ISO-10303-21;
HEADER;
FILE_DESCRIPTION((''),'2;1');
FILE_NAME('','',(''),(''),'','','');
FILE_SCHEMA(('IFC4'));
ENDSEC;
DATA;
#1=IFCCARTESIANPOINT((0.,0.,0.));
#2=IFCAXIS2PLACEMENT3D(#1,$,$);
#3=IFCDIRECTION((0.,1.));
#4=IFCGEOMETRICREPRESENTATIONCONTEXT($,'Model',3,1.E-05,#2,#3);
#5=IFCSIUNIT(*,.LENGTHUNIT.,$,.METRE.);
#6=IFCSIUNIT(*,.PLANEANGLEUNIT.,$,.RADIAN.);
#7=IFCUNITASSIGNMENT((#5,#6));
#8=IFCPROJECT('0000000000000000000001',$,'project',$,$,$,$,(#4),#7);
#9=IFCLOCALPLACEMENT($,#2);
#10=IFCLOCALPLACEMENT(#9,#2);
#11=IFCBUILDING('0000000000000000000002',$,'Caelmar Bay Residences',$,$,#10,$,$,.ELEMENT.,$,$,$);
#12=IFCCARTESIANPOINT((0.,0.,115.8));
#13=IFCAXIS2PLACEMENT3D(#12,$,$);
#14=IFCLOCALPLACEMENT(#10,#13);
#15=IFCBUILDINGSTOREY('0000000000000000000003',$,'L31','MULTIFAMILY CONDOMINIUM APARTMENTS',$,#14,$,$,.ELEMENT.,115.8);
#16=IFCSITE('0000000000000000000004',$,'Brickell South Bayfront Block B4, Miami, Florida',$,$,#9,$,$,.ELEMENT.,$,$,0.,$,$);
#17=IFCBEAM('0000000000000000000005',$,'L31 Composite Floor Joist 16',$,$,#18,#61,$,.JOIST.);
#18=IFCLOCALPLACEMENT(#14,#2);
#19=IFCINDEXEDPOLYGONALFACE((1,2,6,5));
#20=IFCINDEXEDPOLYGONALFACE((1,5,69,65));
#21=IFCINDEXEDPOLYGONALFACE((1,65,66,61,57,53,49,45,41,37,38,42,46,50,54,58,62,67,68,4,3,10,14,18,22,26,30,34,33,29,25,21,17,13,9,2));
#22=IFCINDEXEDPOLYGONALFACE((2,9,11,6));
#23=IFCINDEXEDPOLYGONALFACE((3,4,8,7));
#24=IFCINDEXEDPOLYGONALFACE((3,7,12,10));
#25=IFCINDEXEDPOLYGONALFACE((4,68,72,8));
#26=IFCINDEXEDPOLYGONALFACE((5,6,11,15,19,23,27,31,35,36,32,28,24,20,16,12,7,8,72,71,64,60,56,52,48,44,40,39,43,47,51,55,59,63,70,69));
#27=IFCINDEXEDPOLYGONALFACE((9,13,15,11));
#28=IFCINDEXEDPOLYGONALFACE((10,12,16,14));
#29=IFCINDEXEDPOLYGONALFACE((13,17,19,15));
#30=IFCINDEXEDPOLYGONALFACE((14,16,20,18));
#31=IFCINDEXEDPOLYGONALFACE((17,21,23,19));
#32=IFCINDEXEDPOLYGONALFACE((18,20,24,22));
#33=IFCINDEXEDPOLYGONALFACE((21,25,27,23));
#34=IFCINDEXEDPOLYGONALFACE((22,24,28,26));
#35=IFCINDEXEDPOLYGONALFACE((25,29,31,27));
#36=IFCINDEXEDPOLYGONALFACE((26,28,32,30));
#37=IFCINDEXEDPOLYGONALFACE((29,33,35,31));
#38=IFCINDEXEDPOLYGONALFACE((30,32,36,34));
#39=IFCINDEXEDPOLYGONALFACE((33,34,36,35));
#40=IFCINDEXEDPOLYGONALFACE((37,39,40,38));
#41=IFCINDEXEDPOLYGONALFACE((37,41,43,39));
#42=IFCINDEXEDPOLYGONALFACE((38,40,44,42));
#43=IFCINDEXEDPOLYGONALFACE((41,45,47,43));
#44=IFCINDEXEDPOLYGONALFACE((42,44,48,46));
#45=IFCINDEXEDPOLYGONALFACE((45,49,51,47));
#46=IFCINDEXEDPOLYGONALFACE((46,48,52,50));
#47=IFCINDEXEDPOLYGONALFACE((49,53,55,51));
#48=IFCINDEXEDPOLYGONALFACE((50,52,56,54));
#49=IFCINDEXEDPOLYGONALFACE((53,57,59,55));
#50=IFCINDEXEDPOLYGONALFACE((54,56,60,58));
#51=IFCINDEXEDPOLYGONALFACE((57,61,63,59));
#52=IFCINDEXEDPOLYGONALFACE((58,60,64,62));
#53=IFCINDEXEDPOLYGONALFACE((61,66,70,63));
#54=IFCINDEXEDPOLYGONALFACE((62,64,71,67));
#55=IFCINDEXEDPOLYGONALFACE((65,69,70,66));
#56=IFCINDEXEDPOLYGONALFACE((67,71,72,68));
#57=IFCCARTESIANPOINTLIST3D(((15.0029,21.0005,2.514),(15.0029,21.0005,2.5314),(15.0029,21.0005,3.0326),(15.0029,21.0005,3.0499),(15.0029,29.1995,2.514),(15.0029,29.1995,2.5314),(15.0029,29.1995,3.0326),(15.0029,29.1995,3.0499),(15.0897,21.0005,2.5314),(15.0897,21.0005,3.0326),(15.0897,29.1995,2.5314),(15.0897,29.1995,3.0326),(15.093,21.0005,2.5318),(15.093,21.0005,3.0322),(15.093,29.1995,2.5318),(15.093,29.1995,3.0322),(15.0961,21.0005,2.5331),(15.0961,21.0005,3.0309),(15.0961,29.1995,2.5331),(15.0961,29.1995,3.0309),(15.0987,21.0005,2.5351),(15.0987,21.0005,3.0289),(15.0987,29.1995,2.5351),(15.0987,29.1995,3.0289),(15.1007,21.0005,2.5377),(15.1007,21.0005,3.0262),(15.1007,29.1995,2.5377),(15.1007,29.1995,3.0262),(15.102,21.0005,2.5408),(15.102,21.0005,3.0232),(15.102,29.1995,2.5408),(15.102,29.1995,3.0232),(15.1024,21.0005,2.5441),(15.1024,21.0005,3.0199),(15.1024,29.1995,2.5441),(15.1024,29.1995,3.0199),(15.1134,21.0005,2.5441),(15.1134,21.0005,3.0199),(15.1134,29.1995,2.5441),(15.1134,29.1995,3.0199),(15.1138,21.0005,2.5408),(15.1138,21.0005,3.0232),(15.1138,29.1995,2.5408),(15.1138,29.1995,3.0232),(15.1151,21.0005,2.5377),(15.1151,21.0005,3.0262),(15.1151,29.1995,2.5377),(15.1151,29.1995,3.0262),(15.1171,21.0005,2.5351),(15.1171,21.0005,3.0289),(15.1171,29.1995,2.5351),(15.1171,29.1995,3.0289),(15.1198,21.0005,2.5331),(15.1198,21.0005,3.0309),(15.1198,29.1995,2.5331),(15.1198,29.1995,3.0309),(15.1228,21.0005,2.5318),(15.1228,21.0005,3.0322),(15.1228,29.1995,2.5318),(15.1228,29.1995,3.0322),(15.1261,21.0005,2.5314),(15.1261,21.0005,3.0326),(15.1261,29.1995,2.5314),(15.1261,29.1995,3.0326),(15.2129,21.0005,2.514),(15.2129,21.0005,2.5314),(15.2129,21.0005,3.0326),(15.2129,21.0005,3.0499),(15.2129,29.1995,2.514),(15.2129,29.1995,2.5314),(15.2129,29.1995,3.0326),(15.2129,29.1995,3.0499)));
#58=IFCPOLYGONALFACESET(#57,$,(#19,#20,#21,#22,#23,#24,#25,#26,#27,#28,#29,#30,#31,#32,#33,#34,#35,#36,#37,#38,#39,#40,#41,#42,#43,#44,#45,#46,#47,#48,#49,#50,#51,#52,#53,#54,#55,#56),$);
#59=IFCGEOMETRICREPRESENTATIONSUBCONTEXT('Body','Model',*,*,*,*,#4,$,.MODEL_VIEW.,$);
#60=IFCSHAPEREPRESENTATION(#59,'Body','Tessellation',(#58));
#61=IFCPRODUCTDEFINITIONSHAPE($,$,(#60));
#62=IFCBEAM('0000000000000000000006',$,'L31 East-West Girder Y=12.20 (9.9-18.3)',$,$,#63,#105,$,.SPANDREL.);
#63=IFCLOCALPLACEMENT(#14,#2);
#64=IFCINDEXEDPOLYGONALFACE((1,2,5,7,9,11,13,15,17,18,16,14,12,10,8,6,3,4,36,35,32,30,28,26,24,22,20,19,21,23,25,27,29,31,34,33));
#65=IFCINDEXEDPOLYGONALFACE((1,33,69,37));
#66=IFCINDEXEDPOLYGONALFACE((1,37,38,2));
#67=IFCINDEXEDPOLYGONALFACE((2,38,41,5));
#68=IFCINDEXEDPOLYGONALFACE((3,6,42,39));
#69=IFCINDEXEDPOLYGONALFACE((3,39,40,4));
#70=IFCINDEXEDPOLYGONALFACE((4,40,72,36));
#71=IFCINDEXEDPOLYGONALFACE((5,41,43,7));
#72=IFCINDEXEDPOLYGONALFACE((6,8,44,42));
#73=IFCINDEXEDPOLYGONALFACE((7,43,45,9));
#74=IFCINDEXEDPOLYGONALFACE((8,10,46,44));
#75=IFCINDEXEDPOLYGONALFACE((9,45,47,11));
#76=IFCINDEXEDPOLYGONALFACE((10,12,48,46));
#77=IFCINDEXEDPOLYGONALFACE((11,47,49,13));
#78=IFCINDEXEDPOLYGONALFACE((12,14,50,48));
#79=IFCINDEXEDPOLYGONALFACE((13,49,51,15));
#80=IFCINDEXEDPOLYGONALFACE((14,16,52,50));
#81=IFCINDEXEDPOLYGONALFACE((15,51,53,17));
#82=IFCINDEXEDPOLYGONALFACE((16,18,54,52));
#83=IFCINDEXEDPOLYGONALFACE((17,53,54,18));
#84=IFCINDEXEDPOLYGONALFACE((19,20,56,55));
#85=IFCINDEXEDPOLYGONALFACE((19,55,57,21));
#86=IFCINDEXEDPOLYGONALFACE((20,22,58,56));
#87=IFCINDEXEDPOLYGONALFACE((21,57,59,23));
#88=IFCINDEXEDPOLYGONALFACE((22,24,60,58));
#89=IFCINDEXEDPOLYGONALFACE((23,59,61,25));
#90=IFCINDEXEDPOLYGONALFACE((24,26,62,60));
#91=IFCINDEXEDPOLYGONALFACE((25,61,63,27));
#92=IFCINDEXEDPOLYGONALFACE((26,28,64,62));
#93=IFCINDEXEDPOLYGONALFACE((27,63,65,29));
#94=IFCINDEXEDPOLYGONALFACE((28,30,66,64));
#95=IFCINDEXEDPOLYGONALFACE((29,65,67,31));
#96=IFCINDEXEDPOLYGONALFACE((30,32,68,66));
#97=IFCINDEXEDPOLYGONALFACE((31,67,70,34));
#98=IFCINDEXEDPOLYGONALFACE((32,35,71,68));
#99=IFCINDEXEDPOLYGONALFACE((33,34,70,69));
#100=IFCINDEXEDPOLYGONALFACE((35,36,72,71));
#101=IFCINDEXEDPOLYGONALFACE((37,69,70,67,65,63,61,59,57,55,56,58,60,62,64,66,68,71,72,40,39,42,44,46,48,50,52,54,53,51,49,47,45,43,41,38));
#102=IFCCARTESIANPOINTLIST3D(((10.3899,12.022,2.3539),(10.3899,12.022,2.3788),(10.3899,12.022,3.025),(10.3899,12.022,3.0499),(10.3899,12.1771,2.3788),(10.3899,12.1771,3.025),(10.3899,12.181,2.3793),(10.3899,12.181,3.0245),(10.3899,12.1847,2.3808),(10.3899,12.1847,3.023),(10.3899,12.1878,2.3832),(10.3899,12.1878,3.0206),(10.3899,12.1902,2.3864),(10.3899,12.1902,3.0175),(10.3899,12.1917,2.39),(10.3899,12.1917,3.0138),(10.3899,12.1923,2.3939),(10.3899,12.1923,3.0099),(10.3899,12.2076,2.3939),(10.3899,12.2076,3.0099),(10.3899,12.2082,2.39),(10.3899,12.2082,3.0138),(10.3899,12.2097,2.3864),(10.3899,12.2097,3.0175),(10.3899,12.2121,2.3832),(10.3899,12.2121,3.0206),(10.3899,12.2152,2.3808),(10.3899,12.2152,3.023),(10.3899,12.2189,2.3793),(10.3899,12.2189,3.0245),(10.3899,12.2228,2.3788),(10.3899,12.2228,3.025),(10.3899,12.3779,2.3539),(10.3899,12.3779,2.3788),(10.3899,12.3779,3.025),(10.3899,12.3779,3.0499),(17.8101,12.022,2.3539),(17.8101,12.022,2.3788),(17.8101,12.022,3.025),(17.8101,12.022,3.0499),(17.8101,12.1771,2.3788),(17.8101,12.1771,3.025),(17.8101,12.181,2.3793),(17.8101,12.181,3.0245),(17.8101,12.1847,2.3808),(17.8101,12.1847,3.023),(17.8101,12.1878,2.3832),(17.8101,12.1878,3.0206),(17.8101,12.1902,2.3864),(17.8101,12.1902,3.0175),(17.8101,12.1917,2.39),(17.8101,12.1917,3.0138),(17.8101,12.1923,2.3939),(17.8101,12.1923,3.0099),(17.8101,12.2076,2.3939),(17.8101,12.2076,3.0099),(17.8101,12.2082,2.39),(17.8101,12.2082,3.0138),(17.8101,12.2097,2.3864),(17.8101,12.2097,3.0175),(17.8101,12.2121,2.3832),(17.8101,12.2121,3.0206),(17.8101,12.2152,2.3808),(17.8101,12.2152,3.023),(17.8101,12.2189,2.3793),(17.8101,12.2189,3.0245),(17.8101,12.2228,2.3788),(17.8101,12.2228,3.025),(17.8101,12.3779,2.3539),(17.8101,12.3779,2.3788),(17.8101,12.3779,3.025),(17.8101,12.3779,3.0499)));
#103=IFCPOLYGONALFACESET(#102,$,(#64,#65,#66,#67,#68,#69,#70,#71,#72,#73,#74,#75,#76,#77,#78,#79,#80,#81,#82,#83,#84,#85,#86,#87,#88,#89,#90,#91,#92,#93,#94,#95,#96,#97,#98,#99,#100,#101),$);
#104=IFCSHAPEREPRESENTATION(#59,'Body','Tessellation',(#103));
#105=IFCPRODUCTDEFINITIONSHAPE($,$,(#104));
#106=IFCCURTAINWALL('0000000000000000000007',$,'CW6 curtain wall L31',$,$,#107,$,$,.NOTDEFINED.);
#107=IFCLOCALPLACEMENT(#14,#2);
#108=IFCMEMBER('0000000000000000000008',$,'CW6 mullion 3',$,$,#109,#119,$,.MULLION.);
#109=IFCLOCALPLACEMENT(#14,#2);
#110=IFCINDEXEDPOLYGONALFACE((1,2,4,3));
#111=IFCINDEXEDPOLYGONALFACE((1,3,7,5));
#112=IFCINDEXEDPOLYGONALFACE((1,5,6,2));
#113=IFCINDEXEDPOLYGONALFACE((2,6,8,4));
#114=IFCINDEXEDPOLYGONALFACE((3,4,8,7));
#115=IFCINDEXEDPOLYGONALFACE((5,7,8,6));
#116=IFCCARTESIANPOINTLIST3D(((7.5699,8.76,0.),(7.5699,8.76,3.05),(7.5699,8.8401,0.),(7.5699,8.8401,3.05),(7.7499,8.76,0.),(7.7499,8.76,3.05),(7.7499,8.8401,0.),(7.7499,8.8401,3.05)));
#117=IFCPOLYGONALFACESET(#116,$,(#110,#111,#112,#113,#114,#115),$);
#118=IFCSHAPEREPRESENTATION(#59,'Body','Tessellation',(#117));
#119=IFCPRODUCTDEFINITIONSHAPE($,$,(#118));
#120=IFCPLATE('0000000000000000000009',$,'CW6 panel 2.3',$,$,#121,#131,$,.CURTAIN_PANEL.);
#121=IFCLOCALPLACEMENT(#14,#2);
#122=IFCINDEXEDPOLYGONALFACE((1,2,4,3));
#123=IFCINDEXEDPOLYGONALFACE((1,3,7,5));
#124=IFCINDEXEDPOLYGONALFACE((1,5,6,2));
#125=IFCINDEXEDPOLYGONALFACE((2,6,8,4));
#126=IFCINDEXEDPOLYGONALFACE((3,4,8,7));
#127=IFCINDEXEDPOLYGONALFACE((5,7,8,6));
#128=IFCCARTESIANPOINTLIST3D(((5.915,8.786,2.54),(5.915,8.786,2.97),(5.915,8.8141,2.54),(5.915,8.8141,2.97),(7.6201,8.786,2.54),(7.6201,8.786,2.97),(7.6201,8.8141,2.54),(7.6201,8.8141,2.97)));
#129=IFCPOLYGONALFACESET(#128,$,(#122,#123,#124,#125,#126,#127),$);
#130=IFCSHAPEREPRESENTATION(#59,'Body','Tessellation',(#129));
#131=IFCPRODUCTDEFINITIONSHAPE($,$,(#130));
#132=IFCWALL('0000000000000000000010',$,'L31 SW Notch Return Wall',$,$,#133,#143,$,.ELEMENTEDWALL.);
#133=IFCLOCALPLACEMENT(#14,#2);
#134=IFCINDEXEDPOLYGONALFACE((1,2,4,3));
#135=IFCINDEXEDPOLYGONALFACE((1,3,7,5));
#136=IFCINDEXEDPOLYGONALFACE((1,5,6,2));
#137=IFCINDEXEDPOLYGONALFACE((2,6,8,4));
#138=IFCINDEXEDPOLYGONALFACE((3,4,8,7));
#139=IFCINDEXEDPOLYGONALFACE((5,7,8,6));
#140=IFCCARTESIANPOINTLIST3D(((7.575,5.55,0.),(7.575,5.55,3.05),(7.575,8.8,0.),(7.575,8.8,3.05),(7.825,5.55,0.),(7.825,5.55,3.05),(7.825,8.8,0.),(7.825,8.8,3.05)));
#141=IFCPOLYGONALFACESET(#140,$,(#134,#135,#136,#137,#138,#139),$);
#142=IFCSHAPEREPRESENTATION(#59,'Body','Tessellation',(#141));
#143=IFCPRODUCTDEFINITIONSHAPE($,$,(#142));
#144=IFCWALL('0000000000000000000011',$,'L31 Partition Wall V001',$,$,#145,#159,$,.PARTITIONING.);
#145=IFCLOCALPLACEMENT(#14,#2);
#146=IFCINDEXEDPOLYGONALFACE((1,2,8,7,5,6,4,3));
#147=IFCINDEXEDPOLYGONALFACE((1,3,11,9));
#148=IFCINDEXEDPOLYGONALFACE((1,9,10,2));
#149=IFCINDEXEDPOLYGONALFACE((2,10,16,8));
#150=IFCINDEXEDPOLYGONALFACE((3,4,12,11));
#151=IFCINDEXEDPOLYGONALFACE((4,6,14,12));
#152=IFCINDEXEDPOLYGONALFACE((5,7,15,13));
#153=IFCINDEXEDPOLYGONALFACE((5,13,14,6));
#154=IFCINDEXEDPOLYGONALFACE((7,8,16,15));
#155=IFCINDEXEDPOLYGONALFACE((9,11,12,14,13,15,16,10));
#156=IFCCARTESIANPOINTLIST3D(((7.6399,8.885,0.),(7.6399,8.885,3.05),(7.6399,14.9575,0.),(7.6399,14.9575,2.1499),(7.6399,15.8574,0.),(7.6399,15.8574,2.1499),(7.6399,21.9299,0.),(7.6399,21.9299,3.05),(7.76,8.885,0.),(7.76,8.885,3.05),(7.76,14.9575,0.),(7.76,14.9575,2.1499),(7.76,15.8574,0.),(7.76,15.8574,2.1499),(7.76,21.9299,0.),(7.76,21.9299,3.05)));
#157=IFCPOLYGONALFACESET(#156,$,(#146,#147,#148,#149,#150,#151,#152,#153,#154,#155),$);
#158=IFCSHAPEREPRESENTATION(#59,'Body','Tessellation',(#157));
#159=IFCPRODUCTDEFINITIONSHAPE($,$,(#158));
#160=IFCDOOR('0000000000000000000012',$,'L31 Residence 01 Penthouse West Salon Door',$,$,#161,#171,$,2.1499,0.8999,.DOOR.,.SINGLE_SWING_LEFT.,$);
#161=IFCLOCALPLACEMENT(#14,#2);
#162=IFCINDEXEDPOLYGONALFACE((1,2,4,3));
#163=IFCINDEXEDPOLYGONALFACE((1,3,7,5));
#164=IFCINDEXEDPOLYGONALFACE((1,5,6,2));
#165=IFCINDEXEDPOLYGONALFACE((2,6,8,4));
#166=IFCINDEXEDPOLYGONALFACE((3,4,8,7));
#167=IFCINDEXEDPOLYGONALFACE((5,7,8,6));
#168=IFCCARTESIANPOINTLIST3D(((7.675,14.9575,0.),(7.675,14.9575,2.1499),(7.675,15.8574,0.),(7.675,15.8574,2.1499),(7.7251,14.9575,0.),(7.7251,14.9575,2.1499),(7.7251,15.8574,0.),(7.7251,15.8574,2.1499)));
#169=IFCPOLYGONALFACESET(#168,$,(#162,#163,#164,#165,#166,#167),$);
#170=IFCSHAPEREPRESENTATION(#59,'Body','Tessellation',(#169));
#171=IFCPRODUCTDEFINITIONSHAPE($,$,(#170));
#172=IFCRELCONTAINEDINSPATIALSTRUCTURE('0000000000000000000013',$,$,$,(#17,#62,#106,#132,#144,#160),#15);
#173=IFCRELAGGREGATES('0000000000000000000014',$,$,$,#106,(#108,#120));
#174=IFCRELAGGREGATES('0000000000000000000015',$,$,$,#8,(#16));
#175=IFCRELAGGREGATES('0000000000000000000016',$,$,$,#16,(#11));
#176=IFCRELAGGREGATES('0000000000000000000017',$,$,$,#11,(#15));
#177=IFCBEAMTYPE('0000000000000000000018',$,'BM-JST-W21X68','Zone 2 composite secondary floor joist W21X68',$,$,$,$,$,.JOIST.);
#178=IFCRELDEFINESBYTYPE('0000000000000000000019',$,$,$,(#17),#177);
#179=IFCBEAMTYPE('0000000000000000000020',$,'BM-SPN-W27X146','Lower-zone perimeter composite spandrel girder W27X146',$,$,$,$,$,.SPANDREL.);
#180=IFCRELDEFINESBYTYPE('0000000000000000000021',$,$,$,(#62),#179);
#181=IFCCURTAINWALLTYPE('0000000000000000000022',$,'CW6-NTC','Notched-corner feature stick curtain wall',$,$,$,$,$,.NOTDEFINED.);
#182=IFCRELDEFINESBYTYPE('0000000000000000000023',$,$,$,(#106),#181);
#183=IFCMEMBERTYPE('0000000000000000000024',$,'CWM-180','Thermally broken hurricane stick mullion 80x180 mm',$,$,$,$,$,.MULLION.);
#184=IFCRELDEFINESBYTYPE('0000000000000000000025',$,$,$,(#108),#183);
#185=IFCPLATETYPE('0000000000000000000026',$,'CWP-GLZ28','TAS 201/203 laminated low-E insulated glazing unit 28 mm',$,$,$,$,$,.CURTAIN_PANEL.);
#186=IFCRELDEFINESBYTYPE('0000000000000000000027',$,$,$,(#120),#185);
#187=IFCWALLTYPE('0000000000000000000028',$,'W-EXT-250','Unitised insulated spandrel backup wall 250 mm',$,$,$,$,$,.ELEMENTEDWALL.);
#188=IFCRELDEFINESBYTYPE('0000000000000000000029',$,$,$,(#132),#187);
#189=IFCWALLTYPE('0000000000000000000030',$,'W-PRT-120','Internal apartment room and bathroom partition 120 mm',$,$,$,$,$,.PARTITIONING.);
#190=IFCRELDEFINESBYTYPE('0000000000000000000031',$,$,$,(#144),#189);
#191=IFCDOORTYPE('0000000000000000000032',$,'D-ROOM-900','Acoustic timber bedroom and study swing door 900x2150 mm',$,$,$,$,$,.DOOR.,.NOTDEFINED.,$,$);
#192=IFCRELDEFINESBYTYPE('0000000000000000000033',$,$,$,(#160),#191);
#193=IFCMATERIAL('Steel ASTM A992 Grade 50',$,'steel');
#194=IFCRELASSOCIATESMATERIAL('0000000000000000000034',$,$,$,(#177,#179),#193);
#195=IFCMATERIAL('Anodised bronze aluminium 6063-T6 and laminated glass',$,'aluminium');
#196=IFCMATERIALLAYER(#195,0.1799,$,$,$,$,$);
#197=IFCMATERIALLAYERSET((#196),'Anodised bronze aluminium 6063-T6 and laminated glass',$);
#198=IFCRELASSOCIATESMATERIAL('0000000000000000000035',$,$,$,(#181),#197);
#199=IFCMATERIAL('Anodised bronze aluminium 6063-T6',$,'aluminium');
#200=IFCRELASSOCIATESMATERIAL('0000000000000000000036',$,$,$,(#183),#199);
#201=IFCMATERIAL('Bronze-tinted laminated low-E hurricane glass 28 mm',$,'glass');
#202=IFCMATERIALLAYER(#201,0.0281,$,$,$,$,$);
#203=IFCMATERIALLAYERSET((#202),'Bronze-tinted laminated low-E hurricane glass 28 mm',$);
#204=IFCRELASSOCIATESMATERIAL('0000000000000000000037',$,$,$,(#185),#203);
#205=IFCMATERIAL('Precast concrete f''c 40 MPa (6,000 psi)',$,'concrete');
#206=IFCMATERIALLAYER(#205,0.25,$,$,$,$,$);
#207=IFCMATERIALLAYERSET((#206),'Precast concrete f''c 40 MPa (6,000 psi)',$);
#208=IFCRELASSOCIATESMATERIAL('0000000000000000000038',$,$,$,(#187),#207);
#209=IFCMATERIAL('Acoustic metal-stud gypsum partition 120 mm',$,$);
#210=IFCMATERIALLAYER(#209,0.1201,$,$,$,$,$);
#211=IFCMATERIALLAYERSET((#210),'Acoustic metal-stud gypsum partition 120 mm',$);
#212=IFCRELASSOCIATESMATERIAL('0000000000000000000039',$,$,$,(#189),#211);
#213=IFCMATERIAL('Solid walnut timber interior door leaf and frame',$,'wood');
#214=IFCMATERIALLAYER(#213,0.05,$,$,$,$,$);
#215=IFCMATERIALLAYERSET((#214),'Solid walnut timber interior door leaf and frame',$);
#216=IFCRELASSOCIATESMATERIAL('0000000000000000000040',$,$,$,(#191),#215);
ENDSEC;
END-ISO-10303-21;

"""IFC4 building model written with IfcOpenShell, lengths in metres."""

from ifc_helpers import new_model, si_unit, direction, frame, frame_2d, origin, origin_2d, place, context, subcontext, project, spatial, rectangle, i_section, extrude, material, layer, layer_set, material_profile, profile_set, type_object, element, fill, aggregate, save


model = new_model("IFC4")

# Units and contexts
model_context = context("Model", 3, precision=1e-05, world=origin(), true_north=direction((0.0, 1.0)))
body_context = subcontext(model_context, "Body", "Model", "MODEL_VIEW")
ifc_project = project(units=[si_unit("LENGTHUNIT", "METRE"), si_unit("PLANEANGLEUNIT", "RADIAN")], contexts=[model_context])

# Site, building, storey
site_placement = place(None, origin())
site = spatial("IfcSite", under=ifc_project, at=site_placement, Name="Brickell South Bayfront Block B4, Miami, Florida", CompositionType="ELEMENT", RefElevation=0.0)
building_placement = place(site_placement, origin())
building = spatial("IfcBuilding", under=site, at=building_placement, Name="Caelmar Bay Residences", CompositionType="ELEMENT")
storey_placement = place(building_placement, frame((0.0, 0.0, 115.8)))
storey = spatial("IfcBuildingStorey", under=building, at=storey_placement, Name="L31", Description="MULTIFAMILY CONDOMINIUM APARTMENTS", CompositionType="ELEMENT", Elevation=115.8)

# Beams
ifc_material_1 = material(Name="Steel ASTM A992 Grade 50", Category="steel")
ifc_material_profile_1 = material_profile(ifc_material_1, i_section(OverallWidth=0.21, OverallDepth=0.5359, WebThickness=0.011, FlangeThickness=0.0173, FilletRadius=0.0127, at=origin_2d()), Name="W21X68")
ifc_profile_set_1 = profile_set([ifc_material_profile_1], Name="Steel ASTM A992 Grade 50")
beam_type_1 = type_object("IfcBeamType", Name="BM-JST-W21X68", Description="Zone 2 composite secondary floor joist W21X68", PredefinedType="JOIST", material=ifc_profile_set_1)
beam_1_placement = place(storey_placement, frame((15.1079, 21.0005, 2.782), z_axis=(0.0, 1.0, 0.0), x_axis=(-1.0, 0.0, 0.0)))
element("IfcBeam", 1, at=beam_1_placement, inside=storey, type_object=beam_type_1, Name="L31 Composite Floor Joist 16", PredefinedType="JOIST", context=body_context, shape_type="SweptSolid", body=[
    extrude(i_section(OverallWidth=0.21, OverallDepth=0.5359, WebThickness=0.011, FlangeThickness=0.0173, FilletRadius=0.0127, at=origin_2d()), origin(), (0.0, 0.0, 1.0), 8.199),
])
ifc_material_profile_2 = material_profile(ifc_material_1, i_section(OverallWidth=0.356, OverallDepth=0.696, WebThickness=0.0154, FlangeThickness=0.0249, FilletRadius=0.0151, at=origin_2d()), Name="W27X146")
ifc_profile_set_2 = profile_set([ifc_material_profile_2], Name="Steel ASTM A992 Grade 50")
beam_type_2 = type_object("IfcBeamType", Name="BM-SPN-W27X146", Description="Lower-zone perimeter composite spandrel girder W27X146", PredefinedType="SPANDREL", material=ifc_profile_set_2)
beam_2_placement = place(storey_placement, frame((10.3899, 12.2, 2.7019), z_axis=(1.0, 0.0, 0.0), x_axis=(0.0, 1.0, 0.0)))
element("IfcBeam", 2, at=beam_2_placement, inside=storey, type_object=beam_type_2, Name="L31 East-West Girder Y=12.20 (9.9-18.3)", PredefinedType="SPANDREL", context=body_context, shape_type="SweptSolid", body=[
    extrude(i_section(OverallWidth=0.356, OverallDepth=0.696, WebThickness=0.0154, FlangeThickness=0.0249, FilletRadius=0.0151, at=origin_2d()), origin(), (0.0, 0.0, 1.0), 7.4202),
])

# Curtain wall, member, plate
ifc_material_2 = material(Name="Anodised bronze aluminium 6063-T6 and laminated glass", Category="aluminium")
ifc_layer_1 = layer(ifc_material_2, 0.1799)
ifc_layer_set_1 = layer_set([ifc_layer_1], Name="Anodised bronze aluminium 6063-T6 and laminated glass")
curtain_wall_type = type_object("IfcCurtainWallType", Name="CW6-NTC", Description="Notched-corner feature stick curtain wall", PredefinedType="NOTDEFINED", material=ifc_layer_set_1)
curtain_wall_placement = place(storey_placement, origin())
curtain_wall = element("IfcCurtainWall", 3, at=curtain_wall_placement, inside=storey, type_object=curtain_wall_type, Name="CW6 curtain wall L31", PredefinedType="NOTDEFINED")
ifc_material_3 = material(Name="Anodised bronze aluminium 6063-T6", Category="aluminium")
ifc_material_profile_3 = material_profile(ifc_material_3, rectangle(XDim=0.0801, YDim=0.1799, at=origin_2d()), Name="CWM-80X180")
ifc_profile_set_3 = profile_set([ifc_material_profile_3], Name="Anodised bronze aluminium 6063-T6")
member_type = type_object("IfcMemberType", Name="CWM-180", Description="Thermally broken hurricane stick mullion 80x180 mm", PredefinedType="MULLION", material=ifc_profile_set_3)
member_placement = place(storey_placement, frame((7.6599, 8.8, 0.0), z_axis=(0.0, 0.0, 1.0), x_axis=(0.0, 1.0, 0.0)))
member = element("IfcMember", 4, at=member_placement, type_object=member_type, Name="CW6 mullion 3", PredefinedType="MULLION", context=body_context, shape_type="SweptSolid", body=[
    extrude(rectangle(XDim=0.0801, YDim=0.1799, at=origin_2d()), origin(), (0.0, 0.0, 1.0), 3.05),
])
ifc_material_4 = material(Name="Bronze-tinted laminated low-E hurricane glass 28 mm", Category="glass")
ifc_layer_2 = layer(ifc_material_4, 0.0281)
ifc_layer_set_2 = layer_set([ifc_layer_2], Name="Bronze-tinted laminated low-E hurricane glass 28 mm")
plate_type = type_object("IfcPlateType", Name="CWP-GLZ28", Description="TAS 201/203 laminated low-E insulated glazing unit 28 mm", PredefinedType="CURTAIN_PANEL", material=ifc_layer_set_2)
plate_placement = place(storey_placement, frame((6.7676, 8.8, 2.54), z_axis=(0.0, 0.0, 1.0), x_axis=(1.0, 0.0, 0.0)))
plate = element("IfcPlate", 5, at=plate_placement, type_object=plate_type, Name="CW6 panel 2.3", PredefinedType="CURTAIN_PANEL", context=body_context, shape_type="SweptSolid", body=[
    extrude(rectangle(XDim=1.7051, YDim=0.0281, at=origin_2d()), origin(), (0.0, 0.0, 1.0), 0.4299),
])
aggregate(curtain_wall, [member, plate])

# Wall
ifc_material_5 = material(Name="Precast concrete f'c 40 MPa (6,000 psi)", Category="concrete")
ifc_layer_3 = layer(ifc_material_5, 0.25)
ifc_layer_set_3 = layer_set([ifc_layer_3], Name="Precast concrete f'c 40 MPa (6,000 psi)")
wall_type_1 = type_object("IfcWallType", Name="W-EXT-250", Description="Unitised insulated spandrel backup wall 250 mm", PredefinedType="ELEMENTEDWALL", material=ifc_layer_set_3)
wall_1_placement = place(storey_placement, frame((7.7, 8.8, 0.0), z_axis=(0.0, 0.0, 1.0), x_axis=(0.0, -1.0, 0.0)))
element("IfcWall", 6, at=wall_1_placement, inside=storey, type_object=wall_type_1, Name="L31 SW Notch Return Wall", PredefinedType="ELEMENTEDWALL", context=body_context, shape_type="SweptSolid", body=[
    extrude(rectangle(XDim=3.25, YDim=0.25, at=frame_2d((1.625, 0.0))), origin(), (0.0, 0.0, 1.0), 3.05),
])

# Wall, opening, door
ifc_material_6 = material(Name="Acoustic metal-stud gypsum partition 120 mm")
ifc_layer_4 = layer(ifc_material_6, 0.1201)
ifc_layer_set_4 = layer_set([ifc_layer_4], Name="Acoustic metal-stud gypsum partition 120 mm")
wall_type_2 = type_object("IfcWallType", Name="W-PRT-120", Description="Internal apartment room and bathroom partition 120 mm", PredefinedType="PARTITIONING", material=ifc_layer_set_4)
wall_2_placement = place(storey_placement, frame((7.7, 8.885, 0.0), z_axis=(0.0, 0.0, 1.0), x_axis=(0.0, 1.0, 0.0)))
wall_2 = element("IfcWall", 7, at=wall_2_placement, inside=storey, type_object=wall_type_2, Name="L31 Partition Wall V001", PredefinedType="PARTITIONING", context=body_context, shape_type="SweptSolid", body=[
    extrude(rectangle(XDim=13.0449, YDim=0.1201, at=frame_2d((6.5225, 0.0))), origin(), (0.0, 0.0, 1.0), 3.05),
])
opening_1_placement = place(wall_2_placement, frame((6.0725, 0.0, 0.0)))
opening_1 = element("IfcOpeningElement", 8, at=opening_1_placement, cuts=wall_2, PredefinedType="OPENING", context=body_context, shape_type="SweptSolid", body=[
    extrude(rectangle(XDim=0.8999, YDim=2.1499, at=frame_2d((0.45, 1.075))), frame((0.0, 0.0701, 0.0), z_axis=(0.0, -1.0, 0.0), x_axis=(1.0, 0.0, 0.0)), (0.0, 0.0, 1.0), 0.1401),
])
ifc_material_7 = material(Name="Solid walnut timber interior door leaf and frame", Category="wood")
ifc_layer_5 = layer(ifc_material_7, 0.05)
ifc_layer_set_5 = layer_set([ifc_layer_5], Name="Solid walnut timber interior door leaf and frame")
door_type = type_object("IfcDoorType", Name="D-ROOM-900", Description="Acoustic timber bedroom and study swing door 900x2150 mm", OperationType="NOTDEFINED", PredefinedType="DOOR", material=ifc_layer_set_5)
door_1_placement = place(opening_1_placement, origin())
door_1 = element("IfcDoor", 9, at=door_1_placement, inside=storey, type_object=door_type, Name="L31 Residence 01 Penthouse West Salon Door", OperationType="SINGLE_SWING_LEFT", OverallHeight=2.1499, OverallWidth=0.8999, PredefinedType="DOOR", context=body_context, shape_type="SweptSolid", body=[
    extrude(rectangle(XDim=0.8999, YDim=2.1499, at=frame_2d((0.45, 1.075))), frame((0.0, 0.0249, 0.0), z_axis=(0.0, -1.0, 0.0), x_axis=(1.0, 0.0, 0.0)), (0.0, 0.0, 1.0), 0.05),
])
fill(opening_1, door_1)

save(model, "model.ifc")
